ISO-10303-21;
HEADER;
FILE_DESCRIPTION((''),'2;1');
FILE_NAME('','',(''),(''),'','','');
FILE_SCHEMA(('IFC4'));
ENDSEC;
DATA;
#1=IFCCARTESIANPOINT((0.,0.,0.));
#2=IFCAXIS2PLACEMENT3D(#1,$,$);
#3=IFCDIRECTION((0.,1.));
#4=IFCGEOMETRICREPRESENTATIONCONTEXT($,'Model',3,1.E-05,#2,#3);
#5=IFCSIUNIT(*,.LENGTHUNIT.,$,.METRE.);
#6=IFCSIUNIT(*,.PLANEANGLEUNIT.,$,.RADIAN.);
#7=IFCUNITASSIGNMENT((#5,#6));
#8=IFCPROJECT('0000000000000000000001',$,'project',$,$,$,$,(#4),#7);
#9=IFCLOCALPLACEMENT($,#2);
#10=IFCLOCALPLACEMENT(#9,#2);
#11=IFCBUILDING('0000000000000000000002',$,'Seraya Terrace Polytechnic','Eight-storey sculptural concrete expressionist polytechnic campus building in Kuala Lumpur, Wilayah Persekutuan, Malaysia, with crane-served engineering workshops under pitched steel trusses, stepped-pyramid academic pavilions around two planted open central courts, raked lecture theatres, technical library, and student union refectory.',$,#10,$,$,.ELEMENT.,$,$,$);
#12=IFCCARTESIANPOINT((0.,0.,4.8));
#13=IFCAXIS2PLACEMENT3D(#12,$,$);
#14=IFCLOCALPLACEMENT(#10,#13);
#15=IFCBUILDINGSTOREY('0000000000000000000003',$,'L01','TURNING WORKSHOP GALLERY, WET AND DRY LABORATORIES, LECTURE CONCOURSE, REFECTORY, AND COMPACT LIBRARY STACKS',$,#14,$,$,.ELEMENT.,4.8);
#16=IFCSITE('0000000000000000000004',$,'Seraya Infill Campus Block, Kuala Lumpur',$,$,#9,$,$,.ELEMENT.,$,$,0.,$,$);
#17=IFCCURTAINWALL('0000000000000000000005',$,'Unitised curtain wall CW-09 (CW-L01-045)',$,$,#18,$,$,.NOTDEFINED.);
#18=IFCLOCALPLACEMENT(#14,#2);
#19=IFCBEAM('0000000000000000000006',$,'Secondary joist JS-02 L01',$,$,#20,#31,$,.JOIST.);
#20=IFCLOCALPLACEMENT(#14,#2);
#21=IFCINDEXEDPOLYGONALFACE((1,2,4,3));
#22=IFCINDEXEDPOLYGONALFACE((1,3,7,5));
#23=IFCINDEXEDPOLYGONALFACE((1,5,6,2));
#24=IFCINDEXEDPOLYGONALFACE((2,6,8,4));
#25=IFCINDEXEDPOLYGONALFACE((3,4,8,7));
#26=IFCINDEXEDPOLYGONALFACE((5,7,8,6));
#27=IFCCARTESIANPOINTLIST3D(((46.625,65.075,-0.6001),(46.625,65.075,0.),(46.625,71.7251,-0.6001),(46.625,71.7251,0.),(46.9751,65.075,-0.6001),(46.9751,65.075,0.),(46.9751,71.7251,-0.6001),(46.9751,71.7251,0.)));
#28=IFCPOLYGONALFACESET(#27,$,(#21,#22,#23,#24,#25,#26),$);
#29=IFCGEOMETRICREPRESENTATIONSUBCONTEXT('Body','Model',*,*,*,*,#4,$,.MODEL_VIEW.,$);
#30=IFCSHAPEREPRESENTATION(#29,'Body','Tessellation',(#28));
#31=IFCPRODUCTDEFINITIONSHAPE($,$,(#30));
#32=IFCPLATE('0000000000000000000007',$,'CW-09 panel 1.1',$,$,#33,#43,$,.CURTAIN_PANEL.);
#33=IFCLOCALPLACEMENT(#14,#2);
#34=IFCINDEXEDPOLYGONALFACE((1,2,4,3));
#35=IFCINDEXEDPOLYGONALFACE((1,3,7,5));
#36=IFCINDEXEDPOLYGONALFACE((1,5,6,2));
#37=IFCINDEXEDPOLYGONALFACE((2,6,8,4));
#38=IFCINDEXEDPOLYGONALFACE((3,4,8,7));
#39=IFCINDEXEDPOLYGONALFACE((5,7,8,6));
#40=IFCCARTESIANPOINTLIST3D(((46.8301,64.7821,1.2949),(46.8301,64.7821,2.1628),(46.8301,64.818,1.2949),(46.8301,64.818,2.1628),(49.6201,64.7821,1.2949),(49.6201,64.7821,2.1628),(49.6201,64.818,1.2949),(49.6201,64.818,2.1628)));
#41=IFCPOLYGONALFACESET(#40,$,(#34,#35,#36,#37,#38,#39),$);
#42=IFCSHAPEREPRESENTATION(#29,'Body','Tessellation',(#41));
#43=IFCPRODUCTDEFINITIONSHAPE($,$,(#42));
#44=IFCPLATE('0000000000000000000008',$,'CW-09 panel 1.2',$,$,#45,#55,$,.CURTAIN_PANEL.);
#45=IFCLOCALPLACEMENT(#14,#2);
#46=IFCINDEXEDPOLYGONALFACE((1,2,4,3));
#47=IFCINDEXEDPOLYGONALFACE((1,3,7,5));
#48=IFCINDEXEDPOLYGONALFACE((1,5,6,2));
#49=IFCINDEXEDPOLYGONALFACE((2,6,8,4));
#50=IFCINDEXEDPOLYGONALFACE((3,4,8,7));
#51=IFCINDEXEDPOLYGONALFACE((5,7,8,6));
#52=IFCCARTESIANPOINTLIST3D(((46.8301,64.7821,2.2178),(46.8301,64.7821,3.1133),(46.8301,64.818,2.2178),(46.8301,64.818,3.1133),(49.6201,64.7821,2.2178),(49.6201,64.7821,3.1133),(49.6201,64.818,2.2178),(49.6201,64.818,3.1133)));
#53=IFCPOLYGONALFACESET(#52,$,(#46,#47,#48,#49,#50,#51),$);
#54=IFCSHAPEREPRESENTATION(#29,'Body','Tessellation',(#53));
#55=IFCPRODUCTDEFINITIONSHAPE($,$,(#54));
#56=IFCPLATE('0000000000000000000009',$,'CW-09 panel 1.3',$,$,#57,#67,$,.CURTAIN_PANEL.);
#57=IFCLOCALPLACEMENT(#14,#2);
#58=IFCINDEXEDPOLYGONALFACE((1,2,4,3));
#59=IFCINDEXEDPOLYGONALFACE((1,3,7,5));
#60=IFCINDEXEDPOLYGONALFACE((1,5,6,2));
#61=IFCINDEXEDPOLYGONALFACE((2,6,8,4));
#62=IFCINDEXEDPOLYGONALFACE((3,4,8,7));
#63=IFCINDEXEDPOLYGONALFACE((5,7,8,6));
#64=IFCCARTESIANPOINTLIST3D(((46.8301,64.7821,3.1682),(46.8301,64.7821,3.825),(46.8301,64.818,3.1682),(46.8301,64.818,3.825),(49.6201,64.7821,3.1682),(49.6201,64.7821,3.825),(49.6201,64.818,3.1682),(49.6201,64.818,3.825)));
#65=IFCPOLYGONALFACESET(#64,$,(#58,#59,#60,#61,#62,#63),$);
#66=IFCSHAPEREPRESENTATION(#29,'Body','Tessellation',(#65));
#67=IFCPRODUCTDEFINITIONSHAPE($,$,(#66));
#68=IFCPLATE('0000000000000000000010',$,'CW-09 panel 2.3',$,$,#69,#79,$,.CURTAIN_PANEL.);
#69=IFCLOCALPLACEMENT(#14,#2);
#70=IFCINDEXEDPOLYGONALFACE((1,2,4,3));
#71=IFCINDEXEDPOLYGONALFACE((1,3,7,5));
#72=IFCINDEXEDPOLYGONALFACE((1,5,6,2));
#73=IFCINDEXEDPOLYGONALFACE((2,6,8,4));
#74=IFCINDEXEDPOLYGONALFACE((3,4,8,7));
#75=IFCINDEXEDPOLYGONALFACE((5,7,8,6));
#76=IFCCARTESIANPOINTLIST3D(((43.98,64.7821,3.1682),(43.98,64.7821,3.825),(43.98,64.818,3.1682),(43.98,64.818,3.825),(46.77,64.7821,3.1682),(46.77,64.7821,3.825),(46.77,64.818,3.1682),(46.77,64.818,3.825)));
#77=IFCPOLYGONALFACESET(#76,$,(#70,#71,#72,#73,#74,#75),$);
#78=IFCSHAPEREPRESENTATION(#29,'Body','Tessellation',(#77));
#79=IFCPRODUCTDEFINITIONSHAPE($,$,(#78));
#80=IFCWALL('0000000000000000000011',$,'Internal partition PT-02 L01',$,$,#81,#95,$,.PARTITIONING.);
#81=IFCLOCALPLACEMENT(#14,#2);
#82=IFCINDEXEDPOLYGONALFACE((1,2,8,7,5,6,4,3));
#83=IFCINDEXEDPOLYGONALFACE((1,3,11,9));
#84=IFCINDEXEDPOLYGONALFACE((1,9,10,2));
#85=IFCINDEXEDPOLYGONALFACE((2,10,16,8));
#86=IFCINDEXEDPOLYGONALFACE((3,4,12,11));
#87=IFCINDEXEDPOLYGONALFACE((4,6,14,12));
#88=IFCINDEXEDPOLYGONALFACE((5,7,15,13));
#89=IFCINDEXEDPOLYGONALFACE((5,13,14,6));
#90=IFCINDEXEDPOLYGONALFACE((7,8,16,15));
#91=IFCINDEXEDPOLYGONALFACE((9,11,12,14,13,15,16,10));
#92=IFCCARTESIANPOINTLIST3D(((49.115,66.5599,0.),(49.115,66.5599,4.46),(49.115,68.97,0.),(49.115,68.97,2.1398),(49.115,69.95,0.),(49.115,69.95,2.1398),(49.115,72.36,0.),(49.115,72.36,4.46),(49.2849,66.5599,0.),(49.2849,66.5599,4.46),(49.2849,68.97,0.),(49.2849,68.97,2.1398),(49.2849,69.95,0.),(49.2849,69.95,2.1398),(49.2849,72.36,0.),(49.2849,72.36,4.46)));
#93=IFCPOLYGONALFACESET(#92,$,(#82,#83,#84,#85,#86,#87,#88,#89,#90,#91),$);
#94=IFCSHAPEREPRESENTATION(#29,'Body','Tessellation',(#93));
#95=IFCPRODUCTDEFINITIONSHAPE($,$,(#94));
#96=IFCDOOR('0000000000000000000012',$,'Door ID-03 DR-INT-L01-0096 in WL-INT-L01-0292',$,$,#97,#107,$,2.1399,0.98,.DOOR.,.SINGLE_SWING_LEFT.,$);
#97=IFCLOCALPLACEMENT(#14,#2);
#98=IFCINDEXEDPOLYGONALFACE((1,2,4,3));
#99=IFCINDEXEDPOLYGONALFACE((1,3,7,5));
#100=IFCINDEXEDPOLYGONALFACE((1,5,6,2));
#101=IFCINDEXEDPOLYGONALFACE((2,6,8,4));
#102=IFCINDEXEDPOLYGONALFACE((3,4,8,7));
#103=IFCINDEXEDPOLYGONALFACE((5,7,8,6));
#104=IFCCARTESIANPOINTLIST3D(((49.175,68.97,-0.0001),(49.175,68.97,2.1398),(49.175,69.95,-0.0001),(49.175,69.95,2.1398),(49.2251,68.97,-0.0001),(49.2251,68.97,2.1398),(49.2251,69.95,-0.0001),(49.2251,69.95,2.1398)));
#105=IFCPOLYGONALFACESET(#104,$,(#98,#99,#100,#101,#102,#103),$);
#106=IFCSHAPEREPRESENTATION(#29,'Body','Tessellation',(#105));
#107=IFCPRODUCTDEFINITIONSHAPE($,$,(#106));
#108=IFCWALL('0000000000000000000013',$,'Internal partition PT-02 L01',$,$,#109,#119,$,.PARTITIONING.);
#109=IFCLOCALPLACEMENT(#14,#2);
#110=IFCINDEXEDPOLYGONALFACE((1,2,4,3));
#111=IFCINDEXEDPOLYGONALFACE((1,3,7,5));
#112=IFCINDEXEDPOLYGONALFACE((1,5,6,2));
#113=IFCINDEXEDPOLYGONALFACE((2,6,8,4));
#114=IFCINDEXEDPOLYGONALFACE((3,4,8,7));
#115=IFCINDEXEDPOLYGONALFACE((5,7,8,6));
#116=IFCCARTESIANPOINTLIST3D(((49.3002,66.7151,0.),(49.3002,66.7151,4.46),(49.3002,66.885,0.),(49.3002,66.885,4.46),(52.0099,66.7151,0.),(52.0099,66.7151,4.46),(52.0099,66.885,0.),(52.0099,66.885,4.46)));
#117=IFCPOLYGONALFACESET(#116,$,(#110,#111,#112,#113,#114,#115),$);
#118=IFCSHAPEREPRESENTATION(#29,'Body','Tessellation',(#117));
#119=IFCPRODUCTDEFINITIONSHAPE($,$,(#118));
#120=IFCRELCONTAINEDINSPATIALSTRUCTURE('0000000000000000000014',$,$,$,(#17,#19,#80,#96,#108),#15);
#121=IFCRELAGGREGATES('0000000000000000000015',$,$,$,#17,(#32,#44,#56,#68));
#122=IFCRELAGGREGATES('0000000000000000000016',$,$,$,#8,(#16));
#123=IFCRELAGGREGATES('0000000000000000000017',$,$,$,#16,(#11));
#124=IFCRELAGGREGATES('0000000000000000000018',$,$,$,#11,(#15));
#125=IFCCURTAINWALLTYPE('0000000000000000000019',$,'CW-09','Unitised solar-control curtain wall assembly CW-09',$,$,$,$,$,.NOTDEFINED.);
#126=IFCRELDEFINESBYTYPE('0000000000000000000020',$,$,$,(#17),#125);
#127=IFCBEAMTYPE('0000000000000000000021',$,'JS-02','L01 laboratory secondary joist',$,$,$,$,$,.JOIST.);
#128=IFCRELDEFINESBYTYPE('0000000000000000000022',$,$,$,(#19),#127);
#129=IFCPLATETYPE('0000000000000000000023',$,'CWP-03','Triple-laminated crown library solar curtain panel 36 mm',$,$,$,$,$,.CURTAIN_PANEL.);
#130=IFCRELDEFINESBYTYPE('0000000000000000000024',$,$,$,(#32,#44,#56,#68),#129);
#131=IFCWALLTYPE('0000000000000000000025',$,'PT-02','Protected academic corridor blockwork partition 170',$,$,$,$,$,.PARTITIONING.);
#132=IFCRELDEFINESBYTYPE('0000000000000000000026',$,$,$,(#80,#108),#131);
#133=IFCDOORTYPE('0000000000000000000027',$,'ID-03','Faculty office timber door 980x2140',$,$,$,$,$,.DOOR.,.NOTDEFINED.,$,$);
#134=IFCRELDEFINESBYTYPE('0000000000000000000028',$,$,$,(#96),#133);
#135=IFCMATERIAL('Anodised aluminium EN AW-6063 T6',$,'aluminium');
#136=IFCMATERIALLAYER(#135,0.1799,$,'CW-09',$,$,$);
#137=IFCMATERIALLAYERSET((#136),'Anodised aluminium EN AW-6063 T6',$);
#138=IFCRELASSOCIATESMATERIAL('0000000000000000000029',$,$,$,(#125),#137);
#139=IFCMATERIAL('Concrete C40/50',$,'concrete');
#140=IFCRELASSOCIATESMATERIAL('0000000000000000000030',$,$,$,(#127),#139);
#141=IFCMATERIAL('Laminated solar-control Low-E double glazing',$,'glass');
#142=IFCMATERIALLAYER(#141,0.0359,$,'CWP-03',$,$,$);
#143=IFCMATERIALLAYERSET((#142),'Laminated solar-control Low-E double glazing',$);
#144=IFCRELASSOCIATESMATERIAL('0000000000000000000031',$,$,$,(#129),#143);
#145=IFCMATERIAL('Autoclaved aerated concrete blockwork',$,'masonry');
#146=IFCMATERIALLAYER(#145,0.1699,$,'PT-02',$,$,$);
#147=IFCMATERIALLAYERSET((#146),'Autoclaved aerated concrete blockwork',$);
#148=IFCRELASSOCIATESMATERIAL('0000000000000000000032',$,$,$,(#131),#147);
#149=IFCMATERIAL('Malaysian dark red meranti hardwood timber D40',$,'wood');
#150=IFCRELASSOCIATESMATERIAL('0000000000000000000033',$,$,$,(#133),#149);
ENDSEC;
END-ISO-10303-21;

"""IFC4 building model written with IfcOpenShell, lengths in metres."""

from ifc_helpers import new_model, si_unit, direction, frame, frame_2d, origin, origin_2d, place, context, subcontext, project, spatial, rectangle, extrude, material, layer, layer_set, material_profile, profile_set, type_object, element, fill, aggregate, save


model = new_model("IFC4")

# Units and contexts
model_context = context("Model", 3, precision=1e-05, world=origin(), true_north=direction((0.0, 1.0)))
body_context = subcontext(model_context, "Body", "Model", "MODEL_VIEW")
ifc_project = project(units=[si_unit("LENGTHUNIT", "METRE"), si_unit("PLANEANGLEUNIT", "RADIAN")], contexts=[model_context])

# Site, building, storey
site_placement = place(None, origin())
site = spatial("IfcSite", under=ifc_project, at=site_placement, Name="Seraya Infill Campus Block, Kuala Lumpur", CompositionType="ELEMENT", RefElevation=0.0)
building_placement = place(site_placement, origin())
building = spatial("IfcBuilding", under=site, at=building_placement, Name="Seraya Terrace Polytechnic", Description="Eight-storey sculptural concrete expressionist polytechnic campus building in Kuala Lumpur, Wilayah Persekutuan, Malaysia, with crane-served engineering workshops under pitched steel trusses, stepped-pyramid academic pavilions around two planted open central courts, raked lecture theatres, technical library, and student union refectory.", CompositionType="ELEMENT")
storey_placement = place(building_placement, frame((0.0, 0.0, 4.8)))
storey = spatial("IfcBuildingStorey", under=building, at=storey_placement, Name="L01", Description="TURNING WORKSHOP GALLERY, WET AND DRY LABORATORIES, LECTURE CONCOURSE, REFECTORY, AND COMPACT LIBRARY STACKS", CompositionType="ELEMENT", Elevation=4.8)

# Shared definitions
ifc_material_1 = material(Name="Concrete C40/50", Category="concrete")

# Curtain wall
ifc_material_2 = material(Name="Anodised aluminium EN AW-6063 T6", Category="aluminium")
ifc_layer_1 = layer(ifc_material_2, 0.1799, Name="CW-09")
ifc_layer_set_1 = layer_set([ifc_layer_1], Name="Anodised aluminium EN AW-6063 T6")
curtain_wall_type = type_object("IfcCurtainWallType", Name="CW-09", Description="Unitised solar-control curtain wall assembly CW-09", PredefinedType="NOTDEFINED", material=ifc_layer_set_1)
curtain_wall_placement = place(storey_placement, origin())
curtain_wall = element("IfcCurtainWall", 1, at=curtain_wall_placement, inside=storey, type_object=curtain_wall_type, Name="Unitised curtain wall CW-09 (CW-L01-045)", PredefinedType="NOTDEFINED")

# Beam
ifc_material_profile_1 = material_profile(ifc_material_1, rectangle(XDim=0.3501, YDim=0.6001, at=origin_2d()), Name="RC 350x600")
ifc_profile_set_1 = profile_set([ifc_material_profile_1], Name="Concrete C40/50")
beam_type = type_object("IfcBeamType", Name="JS-02", Description="L01 laboratory secondary joist", PredefinedType="JOIST", material=ifc_profile_set_1)
beam_placement = place(storey_placement, frame((46.8, 65.075, -0.3), z_axis=(0.0, 1.0, 0.0), x_axis=(-1.0, 0.0, 0.0)))
element("IfcBeam", 2, at=beam_placement, inside=storey, type_object=beam_type, Name="Secondary joist JS-02 L01", PredefinedType="JOIST", context=body_context, shape_type="SweptSolid", body=[
    extrude(rectangle(XDim=0.3501, YDim=0.6001, at=origin_2d()), origin(), (0.0, 0.0, 1.0), 6.6501),
])

# Plates
ifc_material_3 = material(Name="Laminated solar-control Low-E double glazing", Category="glass")
ifc_layer_2 = layer(ifc_material_3, 0.0359, Name="CWP-03")
ifc_layer_set_2 = layer_set([ifc_layer_2], Name="Laminated solar-control Low-E double glazing")
plate_type = type_object("IfcPlateType", Name="CWP-03", Description="Triple-laminated crown library solar curtain panel 36 mm", PredefinedType="CURTAIN_PANEL", material=ifc_layer_set_2)
plate_1_placement = place(storey_placement, frame((48.2251, 64.8, 1.2949), z_axis=(0.0, 0.0, 1.0), x_axis=(-1.0, 0.0, 0.0)))
plate_1 = element("IfcPlate", 3, at=plate_1_placement, type_object=plate_type, Name="CW-09 panel 1.1", PredefinedType="CURTAIN_PANEL", context=body_context, shape_type="SweptSolid", body=[
    extrude(rectangle(XDim=2.79, YDim=0.0359, at=origin_2d()), origin(), (0.0, 0.0, 1.0), 0.8679),
])
plate_2_placement = place(storey_placement, frame((48.2251, 64.8, 2.2178), z_axis=(0.0, 0.0, 1.0), x_axis=(-1.0, 0.0, 0.0)))
plate_2 = element("IfcPlate", 4, at=plate_2_placement, type_object=plate_type, Name="CW-09 panel 1.2", PredefinedType="CURTAIN_PANEL", context=body_context, shape_type="SweptSolid", body=[
    extrude(rectangle(XDim=2.79, YDim=0.0359, at=origin_2d()), origin(), (0.0, 0.0, 1.0), 0.8955),
])
plate_3_placement = place(storey_placement, frame((48.2251, 64.8, 3.1682), z_axis=(0.0, 0.0, 1.0), x_axis=(-1.0, 0.0, 0.0)))
plate_3 = element("IfcPlate", 5, at=plate_3_placement, type_object=plate_type, Name="CW-09 panel 1.3", PredefinedType="CURTAIN_PANEL", context=body_context, shape_type="SweptSolid", body=[
    extrude(rectangle(XDim=2.79, YDim=0.0359, at=origin_2d()), origin(), (0.0, 0.0, 1.0), 0.6567),
])
plate_4_placement = place(storey_placement, frame((45.375, 64.8, 3.1682), z_axis=(0.0, 0.0, 1.0), x_axis=(-1.0, 0.0, 0.0)))
plate_4 = element("IfcPlate", 6, at=plate_4_placement, type_object=plate_type, Name="CW-09 panel 2.3", PredefinedType="CURTAIN_PANEL", context=body_context, shape_type="SweptSolid", body=[
    extrude(rectangle(XDim=2.79, YDim=0.0359, at=origin_2d()), origin(), (0.0, 0.0, 1.0), 0.6567),
])
aggregate(curtain_wall, [plate_1, plate_2, plate_3, plate_4])

# Wall, opening, door
ifc_material_4 = material(Name="Autoclaved aerated concrete blockwork", Category="masonry")
ifc_layer_3 = layer(ifc_material_4, 0.1699, Name="PT-02")
ifc_layer_set_3 = layer_set([ifc_layer_3], Name="Autoclaved aerated concrete blockwork")
wall_type = type_object("IfcWallType", Name="PT-02", Description="Protected academic corridor blockwork partition 170", PredefinedType="PARTITIONING", material=ifc_layer_set_3)
wall_1_placement = place(storey_placement, frame((49.2, 66.5601, 0.0), z_axis=(0.0, 0.0, 1.0), x_axis=(0.0, 1.0, 0.0)))
wall_1 = element("IfcWall", 7, at=wall_1_placement, inside=storey, type_object=wall_type, Name="Internal partition PT-02 L01", PredefinedType="PARTITIONING", context=body_context, shape_type="SweptSolid", body=[
    extrude(rectangle(XDim=5.8, YDim=0.1699, at=frame_2d((2.8999, 0.0))), origin(), (0.0, 0.0, 1.0), 4.46),
])
opening_placement = place(wall_1_placement, frame((2.4099, 0.0, 0.0)))
opening = element("IfcOpeningElement", 8, at=opening_placement, cuts=wall_1, PredefinedType="OPENING", context=body_context, shape_type="SweptSolid", body=[
    extrude(rectangle(XDim=0.98, YDim=2.1399, at=frame_2d((0.49, 1.0698))), frame((0.0, 0.0969, 0.0), z_axis=(0.0, -1.0, 0.0), x_axis=(1.0, 0.0, 0.0)), (0.0, 0.0, 1.0), 0.1938),
])
ifc_material_5 = material(Name="Malaysian dark red meranti hardwood timber D40", Category="wood")
door_type = type_object("IfcDoorType", Name="ID-03", Description="Faculty office timber door 980x2140", OperationType="NOTDEFINED", PredefinedType="DOOR", material=ifc_material_5)
door_placement = place(opening_placement, origin())
door = element("IfcDoor", 9, at=door_placement, inside=storey, type_object=door_type, Name="Door ID-03 DR-INT-L01-0096 in WL-INT-L01-0292", OperationType="SINGLE_SWING_LEFT", OverallHeight=2.1399, OverallWidth=0.98, PredefinedType="DOOR", context=body_context, shape_type="SweptSolid", body=[
    extrude(rectangle(XDim=0.98, YDim=2.1399, at=frame_2d((0.49, 1.0698))), frame((0.0, 0.0249, 0.0), z_axis=(0.0, -1.0, 0.0), x_axis=(1.0, 0.0, 0.0)), (0.0, 0.0, 1.0), 0.05),
])
fill(opening, door)

# Wall
wall_2_placement = place(storey_placement, frame((49.3, 66.8, 0.0), z_axis=(0.0, 0.0, 1.0), x_axis=(1.0, 0.0, 0.0)))
element("IfcWall", 10, at=wall_2_placement, inside=storey, type_object=wall_type, Name="Internal partition PT-02 L01", PredefinedType="PARTITIONING", context=body_context, shape_type="SweptSolid", body=[
    extrude(rectangle(XDim=2.7097, YDim=0.1699, at=frame_2d((1.355, 0.0))), origin(), (0.0, 0.0, 1.0), 4.46),
])

save(model, "model.ifc")
